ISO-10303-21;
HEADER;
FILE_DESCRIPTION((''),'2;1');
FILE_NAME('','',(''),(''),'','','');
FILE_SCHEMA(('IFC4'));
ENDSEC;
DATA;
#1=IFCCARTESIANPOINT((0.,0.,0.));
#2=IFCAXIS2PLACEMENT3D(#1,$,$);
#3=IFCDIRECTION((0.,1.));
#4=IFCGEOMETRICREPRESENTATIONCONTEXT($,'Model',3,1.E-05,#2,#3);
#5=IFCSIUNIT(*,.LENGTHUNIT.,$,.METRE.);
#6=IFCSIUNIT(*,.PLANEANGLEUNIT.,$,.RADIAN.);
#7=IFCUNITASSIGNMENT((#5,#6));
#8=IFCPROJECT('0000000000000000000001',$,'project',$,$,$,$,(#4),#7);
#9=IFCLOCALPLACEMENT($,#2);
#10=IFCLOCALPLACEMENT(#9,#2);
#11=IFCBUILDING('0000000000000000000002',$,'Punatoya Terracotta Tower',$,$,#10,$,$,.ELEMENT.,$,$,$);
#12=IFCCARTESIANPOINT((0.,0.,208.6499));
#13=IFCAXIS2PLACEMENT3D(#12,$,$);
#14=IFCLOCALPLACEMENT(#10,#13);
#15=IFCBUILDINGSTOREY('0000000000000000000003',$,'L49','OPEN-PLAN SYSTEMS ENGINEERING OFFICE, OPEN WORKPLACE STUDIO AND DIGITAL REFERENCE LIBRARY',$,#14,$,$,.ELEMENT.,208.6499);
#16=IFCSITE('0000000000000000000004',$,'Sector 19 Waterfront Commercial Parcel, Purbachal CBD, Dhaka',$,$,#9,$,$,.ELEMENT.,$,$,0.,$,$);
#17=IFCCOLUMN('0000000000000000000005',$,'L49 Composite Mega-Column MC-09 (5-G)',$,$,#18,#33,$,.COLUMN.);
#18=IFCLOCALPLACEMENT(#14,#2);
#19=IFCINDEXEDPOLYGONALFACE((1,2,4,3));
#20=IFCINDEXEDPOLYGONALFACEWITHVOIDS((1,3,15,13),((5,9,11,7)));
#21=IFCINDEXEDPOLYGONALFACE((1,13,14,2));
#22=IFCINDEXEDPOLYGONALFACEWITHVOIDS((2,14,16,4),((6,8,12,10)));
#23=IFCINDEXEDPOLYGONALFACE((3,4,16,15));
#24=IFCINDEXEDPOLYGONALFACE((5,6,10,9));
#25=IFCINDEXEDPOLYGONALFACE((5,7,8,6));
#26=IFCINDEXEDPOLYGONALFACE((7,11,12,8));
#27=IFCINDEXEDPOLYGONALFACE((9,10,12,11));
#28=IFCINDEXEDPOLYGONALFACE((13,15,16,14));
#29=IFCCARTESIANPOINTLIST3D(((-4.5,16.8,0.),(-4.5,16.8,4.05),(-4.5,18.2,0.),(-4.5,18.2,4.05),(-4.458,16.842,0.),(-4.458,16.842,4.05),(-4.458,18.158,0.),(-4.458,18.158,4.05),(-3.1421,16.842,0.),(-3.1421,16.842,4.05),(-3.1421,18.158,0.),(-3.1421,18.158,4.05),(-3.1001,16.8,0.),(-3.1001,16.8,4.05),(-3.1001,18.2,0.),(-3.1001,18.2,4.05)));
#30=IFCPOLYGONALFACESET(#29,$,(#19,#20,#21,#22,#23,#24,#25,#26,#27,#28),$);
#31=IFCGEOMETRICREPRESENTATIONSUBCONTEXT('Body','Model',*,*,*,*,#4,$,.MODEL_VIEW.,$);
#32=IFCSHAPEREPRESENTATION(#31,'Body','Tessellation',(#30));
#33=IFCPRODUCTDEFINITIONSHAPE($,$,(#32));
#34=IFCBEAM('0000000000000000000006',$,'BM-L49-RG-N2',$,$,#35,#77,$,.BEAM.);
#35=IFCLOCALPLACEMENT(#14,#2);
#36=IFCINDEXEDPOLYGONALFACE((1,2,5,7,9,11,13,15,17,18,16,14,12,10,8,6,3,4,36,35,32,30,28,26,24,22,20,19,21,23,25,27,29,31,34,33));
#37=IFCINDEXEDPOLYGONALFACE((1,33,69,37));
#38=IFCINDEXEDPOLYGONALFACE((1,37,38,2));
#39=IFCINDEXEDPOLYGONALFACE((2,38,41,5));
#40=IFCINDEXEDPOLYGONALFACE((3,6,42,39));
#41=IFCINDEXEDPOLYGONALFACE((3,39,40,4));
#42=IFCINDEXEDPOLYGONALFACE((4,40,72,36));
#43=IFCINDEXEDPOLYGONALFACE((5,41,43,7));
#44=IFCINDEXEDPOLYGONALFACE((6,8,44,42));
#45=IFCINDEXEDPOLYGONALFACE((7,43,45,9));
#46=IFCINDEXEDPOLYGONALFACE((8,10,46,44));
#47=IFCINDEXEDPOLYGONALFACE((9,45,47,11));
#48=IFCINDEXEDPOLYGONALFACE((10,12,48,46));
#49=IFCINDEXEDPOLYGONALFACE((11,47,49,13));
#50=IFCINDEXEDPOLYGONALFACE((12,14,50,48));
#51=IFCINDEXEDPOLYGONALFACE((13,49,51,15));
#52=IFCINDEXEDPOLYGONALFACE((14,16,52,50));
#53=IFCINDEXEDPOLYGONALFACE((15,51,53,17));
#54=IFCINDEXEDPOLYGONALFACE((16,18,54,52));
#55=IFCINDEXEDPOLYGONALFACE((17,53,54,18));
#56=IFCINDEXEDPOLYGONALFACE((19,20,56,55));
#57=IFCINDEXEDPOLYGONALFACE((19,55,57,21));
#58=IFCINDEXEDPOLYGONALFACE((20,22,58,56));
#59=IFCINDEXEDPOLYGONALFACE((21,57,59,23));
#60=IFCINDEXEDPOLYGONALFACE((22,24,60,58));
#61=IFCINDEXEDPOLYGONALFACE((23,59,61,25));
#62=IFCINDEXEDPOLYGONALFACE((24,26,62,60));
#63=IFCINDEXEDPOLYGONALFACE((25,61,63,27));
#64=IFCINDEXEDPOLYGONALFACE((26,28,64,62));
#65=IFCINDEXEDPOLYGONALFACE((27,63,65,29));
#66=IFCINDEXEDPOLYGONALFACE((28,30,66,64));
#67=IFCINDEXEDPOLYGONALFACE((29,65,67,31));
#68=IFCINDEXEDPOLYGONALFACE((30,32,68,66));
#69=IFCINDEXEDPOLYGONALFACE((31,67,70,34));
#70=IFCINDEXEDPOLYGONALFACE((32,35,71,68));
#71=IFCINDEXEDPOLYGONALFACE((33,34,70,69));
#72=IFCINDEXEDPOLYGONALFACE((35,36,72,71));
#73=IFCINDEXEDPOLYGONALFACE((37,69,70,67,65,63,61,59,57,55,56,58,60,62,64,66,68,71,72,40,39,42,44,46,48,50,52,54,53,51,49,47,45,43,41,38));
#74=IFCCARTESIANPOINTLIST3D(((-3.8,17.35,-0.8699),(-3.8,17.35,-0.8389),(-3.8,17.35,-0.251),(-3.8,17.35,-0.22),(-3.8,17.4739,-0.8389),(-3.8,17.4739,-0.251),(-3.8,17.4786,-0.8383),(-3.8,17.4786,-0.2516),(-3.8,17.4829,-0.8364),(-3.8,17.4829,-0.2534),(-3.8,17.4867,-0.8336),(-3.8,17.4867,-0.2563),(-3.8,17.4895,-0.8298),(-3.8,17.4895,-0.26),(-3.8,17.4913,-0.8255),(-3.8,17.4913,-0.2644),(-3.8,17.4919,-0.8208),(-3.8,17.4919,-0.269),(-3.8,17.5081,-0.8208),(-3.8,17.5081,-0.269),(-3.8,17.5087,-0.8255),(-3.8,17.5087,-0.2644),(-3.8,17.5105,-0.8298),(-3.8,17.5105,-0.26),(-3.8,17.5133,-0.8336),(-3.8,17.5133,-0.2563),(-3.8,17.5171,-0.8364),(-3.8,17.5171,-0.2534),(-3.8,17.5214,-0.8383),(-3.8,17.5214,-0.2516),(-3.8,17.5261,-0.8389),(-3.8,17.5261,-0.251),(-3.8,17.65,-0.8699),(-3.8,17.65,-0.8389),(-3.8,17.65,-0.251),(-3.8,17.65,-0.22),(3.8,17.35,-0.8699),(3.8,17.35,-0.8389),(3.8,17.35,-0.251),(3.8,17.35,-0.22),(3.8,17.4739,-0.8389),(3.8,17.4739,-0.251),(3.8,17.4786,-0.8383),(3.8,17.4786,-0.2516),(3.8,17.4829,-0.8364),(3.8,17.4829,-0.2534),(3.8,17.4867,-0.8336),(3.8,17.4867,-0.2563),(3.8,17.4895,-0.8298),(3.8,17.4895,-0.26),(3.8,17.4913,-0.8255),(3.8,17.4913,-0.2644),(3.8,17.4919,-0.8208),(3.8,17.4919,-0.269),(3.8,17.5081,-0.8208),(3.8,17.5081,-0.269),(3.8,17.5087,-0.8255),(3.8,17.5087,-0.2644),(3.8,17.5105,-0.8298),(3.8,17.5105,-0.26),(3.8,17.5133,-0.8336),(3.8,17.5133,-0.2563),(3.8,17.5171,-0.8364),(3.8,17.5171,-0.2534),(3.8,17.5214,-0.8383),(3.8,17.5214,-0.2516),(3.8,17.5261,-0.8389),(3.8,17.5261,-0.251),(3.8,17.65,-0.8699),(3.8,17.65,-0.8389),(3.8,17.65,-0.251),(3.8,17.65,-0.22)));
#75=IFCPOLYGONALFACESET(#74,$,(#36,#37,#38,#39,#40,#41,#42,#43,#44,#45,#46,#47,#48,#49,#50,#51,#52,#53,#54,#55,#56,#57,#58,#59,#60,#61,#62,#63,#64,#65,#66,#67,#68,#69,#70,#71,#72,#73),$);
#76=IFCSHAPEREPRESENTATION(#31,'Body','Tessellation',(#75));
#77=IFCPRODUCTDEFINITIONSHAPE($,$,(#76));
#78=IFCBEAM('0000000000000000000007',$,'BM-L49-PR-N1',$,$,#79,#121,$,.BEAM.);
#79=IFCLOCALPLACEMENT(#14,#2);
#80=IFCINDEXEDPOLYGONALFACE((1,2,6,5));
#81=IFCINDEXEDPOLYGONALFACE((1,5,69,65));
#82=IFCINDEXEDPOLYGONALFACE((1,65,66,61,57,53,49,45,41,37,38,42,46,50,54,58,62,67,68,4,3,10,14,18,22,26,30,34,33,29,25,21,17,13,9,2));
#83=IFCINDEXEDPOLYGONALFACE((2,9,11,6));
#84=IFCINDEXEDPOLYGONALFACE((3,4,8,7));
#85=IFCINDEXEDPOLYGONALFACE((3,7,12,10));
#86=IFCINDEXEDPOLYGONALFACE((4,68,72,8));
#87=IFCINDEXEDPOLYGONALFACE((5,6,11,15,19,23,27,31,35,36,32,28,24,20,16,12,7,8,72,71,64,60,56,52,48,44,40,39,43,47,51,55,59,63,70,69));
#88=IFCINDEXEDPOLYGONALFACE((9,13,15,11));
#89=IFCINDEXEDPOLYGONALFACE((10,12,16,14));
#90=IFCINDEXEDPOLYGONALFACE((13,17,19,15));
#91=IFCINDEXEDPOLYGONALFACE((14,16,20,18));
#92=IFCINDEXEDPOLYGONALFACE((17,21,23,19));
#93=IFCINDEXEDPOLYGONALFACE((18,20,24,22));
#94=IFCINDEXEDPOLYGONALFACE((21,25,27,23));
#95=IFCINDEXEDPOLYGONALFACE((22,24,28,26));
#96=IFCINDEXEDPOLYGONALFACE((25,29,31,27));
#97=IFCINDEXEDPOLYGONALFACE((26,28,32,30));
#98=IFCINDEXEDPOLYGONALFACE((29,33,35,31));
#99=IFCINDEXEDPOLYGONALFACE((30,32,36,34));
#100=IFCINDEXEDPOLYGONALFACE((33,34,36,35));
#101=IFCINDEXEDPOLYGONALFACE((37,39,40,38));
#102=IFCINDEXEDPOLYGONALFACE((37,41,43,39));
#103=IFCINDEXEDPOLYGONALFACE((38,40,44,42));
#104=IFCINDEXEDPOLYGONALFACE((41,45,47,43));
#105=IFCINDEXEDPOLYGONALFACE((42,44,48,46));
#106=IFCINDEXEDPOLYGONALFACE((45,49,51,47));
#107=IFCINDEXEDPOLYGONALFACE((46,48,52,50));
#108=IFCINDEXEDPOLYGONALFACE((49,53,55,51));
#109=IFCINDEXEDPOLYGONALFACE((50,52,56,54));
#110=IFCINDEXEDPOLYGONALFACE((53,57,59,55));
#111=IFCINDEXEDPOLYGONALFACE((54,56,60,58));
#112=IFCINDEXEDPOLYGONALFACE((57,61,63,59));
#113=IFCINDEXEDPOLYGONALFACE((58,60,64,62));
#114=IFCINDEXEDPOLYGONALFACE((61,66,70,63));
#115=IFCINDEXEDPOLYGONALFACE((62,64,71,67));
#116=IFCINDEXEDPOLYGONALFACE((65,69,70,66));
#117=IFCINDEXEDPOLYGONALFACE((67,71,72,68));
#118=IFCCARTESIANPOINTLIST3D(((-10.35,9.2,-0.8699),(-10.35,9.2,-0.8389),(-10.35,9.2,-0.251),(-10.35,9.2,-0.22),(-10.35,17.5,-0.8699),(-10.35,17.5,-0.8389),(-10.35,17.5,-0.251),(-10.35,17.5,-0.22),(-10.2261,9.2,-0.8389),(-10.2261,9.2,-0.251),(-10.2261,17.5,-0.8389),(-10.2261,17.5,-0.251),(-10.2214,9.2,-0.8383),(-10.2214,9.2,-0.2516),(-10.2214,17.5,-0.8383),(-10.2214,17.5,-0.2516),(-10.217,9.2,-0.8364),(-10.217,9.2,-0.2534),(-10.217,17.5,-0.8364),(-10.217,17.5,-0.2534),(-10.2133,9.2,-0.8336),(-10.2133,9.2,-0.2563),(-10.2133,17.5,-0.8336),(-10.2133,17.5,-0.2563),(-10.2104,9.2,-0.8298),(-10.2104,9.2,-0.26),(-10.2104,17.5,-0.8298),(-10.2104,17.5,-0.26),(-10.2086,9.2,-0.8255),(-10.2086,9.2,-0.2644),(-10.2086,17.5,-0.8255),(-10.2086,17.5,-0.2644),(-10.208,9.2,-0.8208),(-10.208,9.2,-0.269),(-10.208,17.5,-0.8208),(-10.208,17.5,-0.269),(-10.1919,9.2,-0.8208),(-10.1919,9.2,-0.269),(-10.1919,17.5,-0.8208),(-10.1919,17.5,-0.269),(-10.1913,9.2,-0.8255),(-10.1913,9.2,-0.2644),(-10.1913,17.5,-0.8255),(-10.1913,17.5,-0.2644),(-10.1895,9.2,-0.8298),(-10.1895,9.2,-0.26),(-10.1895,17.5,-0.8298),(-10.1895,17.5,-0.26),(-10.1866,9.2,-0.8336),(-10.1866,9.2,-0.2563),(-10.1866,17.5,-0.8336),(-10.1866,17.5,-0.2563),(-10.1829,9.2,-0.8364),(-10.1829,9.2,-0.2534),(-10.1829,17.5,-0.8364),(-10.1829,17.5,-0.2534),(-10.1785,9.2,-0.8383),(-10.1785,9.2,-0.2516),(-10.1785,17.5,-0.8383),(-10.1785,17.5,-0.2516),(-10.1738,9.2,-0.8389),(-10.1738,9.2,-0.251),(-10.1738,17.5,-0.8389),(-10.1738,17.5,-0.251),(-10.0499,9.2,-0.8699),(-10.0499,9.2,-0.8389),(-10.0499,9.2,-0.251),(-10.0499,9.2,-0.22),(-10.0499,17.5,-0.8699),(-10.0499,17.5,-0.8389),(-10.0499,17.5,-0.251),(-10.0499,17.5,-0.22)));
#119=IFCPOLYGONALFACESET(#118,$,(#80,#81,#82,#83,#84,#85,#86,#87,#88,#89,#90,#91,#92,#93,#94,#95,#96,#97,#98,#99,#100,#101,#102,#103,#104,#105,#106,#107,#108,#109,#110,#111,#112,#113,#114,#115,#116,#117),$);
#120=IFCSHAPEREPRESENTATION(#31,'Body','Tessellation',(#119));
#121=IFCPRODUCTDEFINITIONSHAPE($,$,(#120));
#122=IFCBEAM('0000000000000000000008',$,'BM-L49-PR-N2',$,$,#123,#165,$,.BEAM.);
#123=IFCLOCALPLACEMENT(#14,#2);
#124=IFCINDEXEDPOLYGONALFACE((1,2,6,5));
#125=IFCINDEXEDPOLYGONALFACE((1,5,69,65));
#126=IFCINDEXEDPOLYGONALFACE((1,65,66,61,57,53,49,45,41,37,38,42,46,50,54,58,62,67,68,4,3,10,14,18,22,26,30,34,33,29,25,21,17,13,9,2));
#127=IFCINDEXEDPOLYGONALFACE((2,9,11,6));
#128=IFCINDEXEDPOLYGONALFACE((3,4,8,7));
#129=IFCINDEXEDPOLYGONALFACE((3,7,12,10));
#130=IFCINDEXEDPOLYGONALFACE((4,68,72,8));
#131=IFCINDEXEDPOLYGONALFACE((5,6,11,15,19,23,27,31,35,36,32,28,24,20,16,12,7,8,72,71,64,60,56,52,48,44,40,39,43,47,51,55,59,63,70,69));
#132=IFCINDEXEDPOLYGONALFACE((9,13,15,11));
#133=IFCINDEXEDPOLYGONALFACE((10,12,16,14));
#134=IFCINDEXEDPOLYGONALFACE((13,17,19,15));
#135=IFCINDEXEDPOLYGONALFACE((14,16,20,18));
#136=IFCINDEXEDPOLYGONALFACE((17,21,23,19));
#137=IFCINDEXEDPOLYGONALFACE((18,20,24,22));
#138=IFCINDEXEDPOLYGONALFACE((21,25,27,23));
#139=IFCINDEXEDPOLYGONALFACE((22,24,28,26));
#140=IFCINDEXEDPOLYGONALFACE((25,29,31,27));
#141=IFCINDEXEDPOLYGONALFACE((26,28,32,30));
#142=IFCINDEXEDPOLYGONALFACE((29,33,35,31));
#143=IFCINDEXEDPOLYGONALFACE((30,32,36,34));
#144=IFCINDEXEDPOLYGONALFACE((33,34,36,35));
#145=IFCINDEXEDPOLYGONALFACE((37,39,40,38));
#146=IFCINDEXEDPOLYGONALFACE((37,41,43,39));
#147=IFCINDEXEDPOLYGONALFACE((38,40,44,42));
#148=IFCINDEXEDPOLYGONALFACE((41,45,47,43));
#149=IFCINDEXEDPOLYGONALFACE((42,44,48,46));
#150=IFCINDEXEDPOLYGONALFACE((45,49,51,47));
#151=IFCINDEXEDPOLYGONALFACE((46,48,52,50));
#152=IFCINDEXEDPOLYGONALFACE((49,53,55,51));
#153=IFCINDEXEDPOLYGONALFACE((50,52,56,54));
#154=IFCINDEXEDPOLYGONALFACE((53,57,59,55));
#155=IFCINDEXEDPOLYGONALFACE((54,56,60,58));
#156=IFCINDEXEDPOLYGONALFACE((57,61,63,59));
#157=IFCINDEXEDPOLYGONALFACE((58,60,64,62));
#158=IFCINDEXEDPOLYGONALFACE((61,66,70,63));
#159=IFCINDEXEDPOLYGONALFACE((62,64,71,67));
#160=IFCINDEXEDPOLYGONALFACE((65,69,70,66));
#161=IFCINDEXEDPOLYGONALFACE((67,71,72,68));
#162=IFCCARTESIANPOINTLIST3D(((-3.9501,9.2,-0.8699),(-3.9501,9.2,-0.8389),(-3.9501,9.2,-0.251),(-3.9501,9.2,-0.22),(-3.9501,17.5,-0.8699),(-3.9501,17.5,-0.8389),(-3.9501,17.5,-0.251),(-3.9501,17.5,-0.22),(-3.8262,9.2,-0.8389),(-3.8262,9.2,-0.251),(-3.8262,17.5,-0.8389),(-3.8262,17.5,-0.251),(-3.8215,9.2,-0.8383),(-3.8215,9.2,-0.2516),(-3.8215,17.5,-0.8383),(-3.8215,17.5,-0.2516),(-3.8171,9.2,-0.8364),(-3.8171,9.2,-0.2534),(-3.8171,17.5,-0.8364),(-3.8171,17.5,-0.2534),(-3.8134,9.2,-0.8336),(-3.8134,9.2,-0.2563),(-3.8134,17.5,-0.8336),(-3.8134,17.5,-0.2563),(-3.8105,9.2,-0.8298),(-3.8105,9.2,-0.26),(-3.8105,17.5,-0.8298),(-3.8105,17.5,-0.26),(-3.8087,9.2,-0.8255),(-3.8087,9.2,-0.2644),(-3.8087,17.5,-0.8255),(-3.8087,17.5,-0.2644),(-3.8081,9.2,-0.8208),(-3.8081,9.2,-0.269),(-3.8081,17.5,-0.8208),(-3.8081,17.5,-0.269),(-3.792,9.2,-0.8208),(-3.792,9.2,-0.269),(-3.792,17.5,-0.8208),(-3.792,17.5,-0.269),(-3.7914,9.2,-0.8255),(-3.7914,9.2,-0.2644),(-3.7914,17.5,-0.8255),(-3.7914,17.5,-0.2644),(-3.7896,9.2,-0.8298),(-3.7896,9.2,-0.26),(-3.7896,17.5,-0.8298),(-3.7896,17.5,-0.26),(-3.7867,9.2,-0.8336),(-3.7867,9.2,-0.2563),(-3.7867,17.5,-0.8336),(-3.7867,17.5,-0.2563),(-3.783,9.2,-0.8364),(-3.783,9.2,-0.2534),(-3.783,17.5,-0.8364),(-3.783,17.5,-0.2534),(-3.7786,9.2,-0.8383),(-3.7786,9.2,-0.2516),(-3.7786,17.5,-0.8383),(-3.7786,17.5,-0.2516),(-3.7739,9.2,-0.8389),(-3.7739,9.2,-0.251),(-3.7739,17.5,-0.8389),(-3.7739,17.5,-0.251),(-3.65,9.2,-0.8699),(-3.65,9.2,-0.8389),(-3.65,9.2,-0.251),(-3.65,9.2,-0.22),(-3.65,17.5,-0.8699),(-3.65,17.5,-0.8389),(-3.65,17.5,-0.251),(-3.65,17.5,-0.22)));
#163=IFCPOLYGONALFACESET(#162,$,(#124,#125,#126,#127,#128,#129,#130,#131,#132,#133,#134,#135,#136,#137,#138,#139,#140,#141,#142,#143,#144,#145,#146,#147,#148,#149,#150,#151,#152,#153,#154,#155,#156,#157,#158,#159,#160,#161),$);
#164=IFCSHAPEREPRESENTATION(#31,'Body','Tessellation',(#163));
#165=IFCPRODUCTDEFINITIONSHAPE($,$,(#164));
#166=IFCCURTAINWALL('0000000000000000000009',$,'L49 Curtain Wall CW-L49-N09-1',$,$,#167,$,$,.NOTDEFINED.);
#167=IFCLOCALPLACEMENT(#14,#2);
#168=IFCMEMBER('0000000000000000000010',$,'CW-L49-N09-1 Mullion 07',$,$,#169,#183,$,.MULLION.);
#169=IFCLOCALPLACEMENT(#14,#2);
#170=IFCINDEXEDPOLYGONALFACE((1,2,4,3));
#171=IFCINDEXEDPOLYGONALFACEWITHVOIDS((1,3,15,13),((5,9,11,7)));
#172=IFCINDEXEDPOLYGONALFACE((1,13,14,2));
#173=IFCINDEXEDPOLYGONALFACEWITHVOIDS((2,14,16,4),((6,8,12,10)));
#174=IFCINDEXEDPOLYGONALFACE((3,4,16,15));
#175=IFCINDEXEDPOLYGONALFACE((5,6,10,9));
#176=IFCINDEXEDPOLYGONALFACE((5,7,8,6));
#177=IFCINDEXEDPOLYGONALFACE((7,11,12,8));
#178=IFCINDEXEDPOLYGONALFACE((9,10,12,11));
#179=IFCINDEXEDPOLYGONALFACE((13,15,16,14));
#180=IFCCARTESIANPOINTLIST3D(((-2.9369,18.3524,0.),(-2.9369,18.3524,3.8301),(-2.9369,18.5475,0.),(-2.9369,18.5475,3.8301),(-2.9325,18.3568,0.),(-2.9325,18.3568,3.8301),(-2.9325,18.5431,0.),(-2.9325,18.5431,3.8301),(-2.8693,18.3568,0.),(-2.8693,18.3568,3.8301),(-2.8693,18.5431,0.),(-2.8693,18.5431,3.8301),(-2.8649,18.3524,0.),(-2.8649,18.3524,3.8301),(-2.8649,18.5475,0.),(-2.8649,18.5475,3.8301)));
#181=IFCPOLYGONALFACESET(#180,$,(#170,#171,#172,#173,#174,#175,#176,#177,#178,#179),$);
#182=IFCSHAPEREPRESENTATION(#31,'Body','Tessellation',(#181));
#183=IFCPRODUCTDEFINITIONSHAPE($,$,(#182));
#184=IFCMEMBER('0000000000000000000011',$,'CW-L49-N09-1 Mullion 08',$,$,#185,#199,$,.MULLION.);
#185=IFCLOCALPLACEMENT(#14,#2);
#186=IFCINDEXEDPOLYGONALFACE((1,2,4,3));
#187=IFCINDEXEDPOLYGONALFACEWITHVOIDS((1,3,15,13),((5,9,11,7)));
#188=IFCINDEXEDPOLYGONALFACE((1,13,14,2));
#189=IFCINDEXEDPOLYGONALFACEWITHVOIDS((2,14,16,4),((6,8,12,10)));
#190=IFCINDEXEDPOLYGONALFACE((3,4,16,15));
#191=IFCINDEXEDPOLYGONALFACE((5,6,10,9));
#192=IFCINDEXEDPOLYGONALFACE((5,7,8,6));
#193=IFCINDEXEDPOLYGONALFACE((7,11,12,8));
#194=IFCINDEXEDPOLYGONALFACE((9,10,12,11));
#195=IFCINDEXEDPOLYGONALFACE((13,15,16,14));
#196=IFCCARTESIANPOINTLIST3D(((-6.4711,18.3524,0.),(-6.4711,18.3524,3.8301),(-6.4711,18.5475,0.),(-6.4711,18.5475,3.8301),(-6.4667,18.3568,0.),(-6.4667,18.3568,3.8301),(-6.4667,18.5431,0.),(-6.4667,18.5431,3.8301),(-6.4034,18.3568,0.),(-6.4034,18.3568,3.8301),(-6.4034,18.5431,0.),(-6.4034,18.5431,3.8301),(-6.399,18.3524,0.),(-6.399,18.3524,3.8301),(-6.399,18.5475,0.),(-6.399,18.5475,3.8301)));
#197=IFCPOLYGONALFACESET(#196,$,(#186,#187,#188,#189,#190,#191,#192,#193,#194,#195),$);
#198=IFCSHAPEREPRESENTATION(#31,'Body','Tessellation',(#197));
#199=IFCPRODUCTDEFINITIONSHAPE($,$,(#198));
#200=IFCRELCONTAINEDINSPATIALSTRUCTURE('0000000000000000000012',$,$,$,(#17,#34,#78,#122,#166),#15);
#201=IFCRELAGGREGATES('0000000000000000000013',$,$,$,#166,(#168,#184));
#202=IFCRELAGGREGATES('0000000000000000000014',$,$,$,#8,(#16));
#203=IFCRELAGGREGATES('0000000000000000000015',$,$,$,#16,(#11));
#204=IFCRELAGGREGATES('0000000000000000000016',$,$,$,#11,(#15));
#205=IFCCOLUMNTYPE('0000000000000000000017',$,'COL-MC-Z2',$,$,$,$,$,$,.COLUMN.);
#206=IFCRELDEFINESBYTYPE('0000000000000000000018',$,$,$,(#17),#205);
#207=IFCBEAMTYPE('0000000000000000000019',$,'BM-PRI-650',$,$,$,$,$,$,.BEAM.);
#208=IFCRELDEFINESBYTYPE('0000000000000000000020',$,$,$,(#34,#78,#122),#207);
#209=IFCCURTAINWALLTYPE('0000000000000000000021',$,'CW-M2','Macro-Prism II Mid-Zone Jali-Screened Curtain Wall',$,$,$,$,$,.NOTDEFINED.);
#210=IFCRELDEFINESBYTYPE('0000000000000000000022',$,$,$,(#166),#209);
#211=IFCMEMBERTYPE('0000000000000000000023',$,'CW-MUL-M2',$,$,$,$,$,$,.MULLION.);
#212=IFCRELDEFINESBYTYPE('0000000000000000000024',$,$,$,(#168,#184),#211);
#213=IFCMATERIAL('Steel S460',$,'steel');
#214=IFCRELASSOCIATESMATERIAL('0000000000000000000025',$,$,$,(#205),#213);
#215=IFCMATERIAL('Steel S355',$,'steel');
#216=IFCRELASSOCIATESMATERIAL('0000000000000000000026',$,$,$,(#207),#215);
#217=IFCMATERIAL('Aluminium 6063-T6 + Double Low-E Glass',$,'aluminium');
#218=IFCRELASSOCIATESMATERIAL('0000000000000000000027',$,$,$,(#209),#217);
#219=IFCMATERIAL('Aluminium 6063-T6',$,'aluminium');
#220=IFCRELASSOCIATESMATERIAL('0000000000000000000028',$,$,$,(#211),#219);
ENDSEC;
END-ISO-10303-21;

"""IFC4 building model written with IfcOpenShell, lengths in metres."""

from ifc_helpers import new_model, si_unit, direction, frame, origin, origin_2d, place, context, subcontext, project, spatial, hollow_rectangle, i_section, extrude, material, material_profile, profile_set, type_object, element, aggregate, save


model = new_model("IFC4")

# Units and contexts
model_context = context("Model", 3, precision=1e-05, world=origin(), true_north=direction((0.0, 1.0)))
body_context = subcontext(model_context, "Body", "Model", "MODEL_VIEW")
ifc_project = project(units=[si_unit("LENGTHUNIT", "METRE"), si_unit("PLANEANGLEUNIT", "RADIAN")], contexts=[model_context])

# Site, building, storey
site_placement = place(None, origin())
site = spatial("IfcSite", under=ifc_project, at=site_placement, Name="Sector 19 Waterfront Commercial Parcel, Purbachal CBD, Dhaka", CompositionType="ELEMENT", RefElevation=0.0)
building_placement = place(site_placement, origin())
building = spatial("IfcBuilding", under=site, at=building_placement, Name="Punatoya Terracotta Tower", CompositionType="ELEMENT")
storey_placement = place(building_placement, frame((0.0, 0.0, 208.6499)))
storey = spatial("IfcBuildingStorey", under=building, at=storey_placement, Name="L49", Description="OPEN-PLAN SYSTEMS ENGINEERING OFFICE, OPEN WORKPLACE STUDIO AND DIGITAL REFERENCE LIBRARY", CompositionType="ELEMENT", Elevation=208.6499)

# Column
ifc_material_1 = material(Name="Steel S460", Category="steel")
ifc_material_profile_1 = material_profile(ifc_material_1, hollow_rectangle(XDim=1.3999, YDim=1.3999, WallThickness=0.042, at=origin_2d()))
ifc_profile_set_1 = profile_set([ifc_material_profile_1], Name="Steel S460")
column_type = type_object("IfcColumnType", Name="COL-MC-Z2", PredefinedType="COLUMN", material=ifc_profile_set_1)
column_placement = place(storey_placement, frame((-3.8, 17.5, 0.0), z_axis=(0.0, 0.0, 1.0), x_axis=(1.0, 0.0, 0.0)))
element("IfcColumn", 1, at=column_placement, inside=storey, type_object=column_type, Name="L49 Composite Mega-Column MC-09 (5-G)", PredefinedType="COLUMN", context=body_context, shape_type="SweptSolid", body=[
    extrude(hollow_rectangle(XDim=1.3999, YDim=1.3999, WallThickness=0.042, at=origin_2d()), origin(), (0.0, 0.0, 1.0), 4.05),
])

# Beams
ifc_material_2 = material(Name="Steel S355", Category="steel")
ifc_material_profile_2 = material_profile(ifc_material_2, i_section(OverallWidth=0.3, OverallDepth=0.6499, WebThickness=0.0161, FlangeThickness=0.031, FilletRadius=0.0181, at=origin_2d()))
ifc_profile_set_2 = profile_set([ifc_material_profile_2], Name="Steel S355")
beam_type = type_object("IfcBeamType", Name="BM-PRI-650", PredefinedType="BEAM", material=ifc_profile_set_2)
beam_placement = place(storey_placement, frame((-3.8, 17.5, -0.5449), z_axis=(1.0, 0.0, 0.0), x_axis=(0.0, 1.0, 0.0)))
element("IfcBeam", 2, at=beam_placement, inside=storey, type_object=beam_type, Name="BM-L49-RG-N2", PredefinedType="BEAM", context=body_context, shape_type="SweptSolid", body=[
    extrude(i_section(OverallWidth=0.3, OverallDepth=0.6499, WebThickness=0.0161, FlangeThickness=0.031, FilletRadius=0.0181, at=origin_2d()), origin(), (0.0, 0.0, 1.0), 7.6001),
])
for number, where, z_axis, x_axis, name in (
    (3, (-10.2, 9.2, -0.5449), (0.0, 1.0, 0.0), (-1.0, 0.0, 0.0), "BM-L49-PR-N1"),
    (4, (-3.8, 9.2, -0.5449), (0.0, 1.0, 0.0), (-1.0, 0.0, 0.0), "BM-L49-PR-N2"),
):
    element("IfcBeam", number, at=place(storey_placement, frame(where, z_axis=z_axis, x_axis=x_axis)), inside=storey, type_object=beam_type, Name=name, PredefinedType="BEAM", context=body_context, shape_type="SweptSolid", body=[
        extrude(i_section(OverallWidth=0.3, OverallDepth=0.6499, WebThickness=0.0161, FlangeThickness=0.031, FilletRadius=0.0181, at=origin_2d()), origin(), (0.0, 0.0, 1.0), 8.3),
    ])

# Curtain wall, members
ifc_material_3 = material(Name="Aluminium 6063-T6 + Double Low-E Glass", Category="aluminium")
curtain_wall_type = type_object("IfcCurtainWallType", Name="CW-M2", Description="Macro-Prism II Mid-Zone Jali-Screened Curtain Wall", PredefinedType="NOTDEFINED", material=ifc_material_3)
curtain_wall_placement = place(storey_placement, origin())
curtain_wall = element("IfcCurtainWall", 5, at=curtain_wall_placement, inside=storey, type_object=curtain_wall_type, Name="L49 Curtain Wall CW-L49-N09-1", PredefinedType="NOTDEFINED")
ifc_material_4 = material(Name="Aluminium 6063-T6", Category="aluminium")
ifc_material_profile_3 = material_profile(ifc_material_4, hollow_rectangle(XDim=0.072, YDim=0.1951, WallThickness=0.0044, at=origin_2d()))
ifc_profile_set_3 = profile_set([ifc_material_profile_3], Name="Aluminium 6063-T6")
member_type = type_object("IfcMemberType", Name="CW-MUL-M2", PredefinedType="MULLION", material=ifc_profile_set_3)
member_1_placement = place(storey_placement, frame((-2.9009, 18.45, 0.0), z_axis=(0.0, 0.0, 1.0), x_axis=(1.0, 0.0, 0.0)))
member_1 = element("IfcMember", 6, at=member_1_placement, type_object=member_type, Name="CW-L49-N09-1 Mullion 07", PredefinedType="MULLION", context=body_context, shape_type="SweptSolid", body=[
    extrude(hollow_rectangle(XDim=0.072, YDim=0.1951, WallThickness=0.0044, at=origin_2d()), origin(), (0.0, 0.0, 1.0), 3.8301),
])
member_2_placement = place(storey_placement, frame((-6.4351, 18.45, 0.0), z_axis=(0.0, 0.0, 1.0), x_axis=(1.0, 0.0, 0.0)))
member_2 = element("IfcMember", 7, at=member_2_placement, type_object=member_type, Name="CW-L49-N09-1 Mullion 08", PredefinedType="MULLION", context=body_context, shape_type="SweptSolid", body=[
    extrude(hollow_rectangle(XDim=0.072, YDim=0.1951, WallThickness=0.0044, at=origin_2d()), origin(), (0.0, 0.0, 1.0), 3.8301),
])
aggregate(curtain_wall, [member_1, member_2])

save(model, "model.ifc")
